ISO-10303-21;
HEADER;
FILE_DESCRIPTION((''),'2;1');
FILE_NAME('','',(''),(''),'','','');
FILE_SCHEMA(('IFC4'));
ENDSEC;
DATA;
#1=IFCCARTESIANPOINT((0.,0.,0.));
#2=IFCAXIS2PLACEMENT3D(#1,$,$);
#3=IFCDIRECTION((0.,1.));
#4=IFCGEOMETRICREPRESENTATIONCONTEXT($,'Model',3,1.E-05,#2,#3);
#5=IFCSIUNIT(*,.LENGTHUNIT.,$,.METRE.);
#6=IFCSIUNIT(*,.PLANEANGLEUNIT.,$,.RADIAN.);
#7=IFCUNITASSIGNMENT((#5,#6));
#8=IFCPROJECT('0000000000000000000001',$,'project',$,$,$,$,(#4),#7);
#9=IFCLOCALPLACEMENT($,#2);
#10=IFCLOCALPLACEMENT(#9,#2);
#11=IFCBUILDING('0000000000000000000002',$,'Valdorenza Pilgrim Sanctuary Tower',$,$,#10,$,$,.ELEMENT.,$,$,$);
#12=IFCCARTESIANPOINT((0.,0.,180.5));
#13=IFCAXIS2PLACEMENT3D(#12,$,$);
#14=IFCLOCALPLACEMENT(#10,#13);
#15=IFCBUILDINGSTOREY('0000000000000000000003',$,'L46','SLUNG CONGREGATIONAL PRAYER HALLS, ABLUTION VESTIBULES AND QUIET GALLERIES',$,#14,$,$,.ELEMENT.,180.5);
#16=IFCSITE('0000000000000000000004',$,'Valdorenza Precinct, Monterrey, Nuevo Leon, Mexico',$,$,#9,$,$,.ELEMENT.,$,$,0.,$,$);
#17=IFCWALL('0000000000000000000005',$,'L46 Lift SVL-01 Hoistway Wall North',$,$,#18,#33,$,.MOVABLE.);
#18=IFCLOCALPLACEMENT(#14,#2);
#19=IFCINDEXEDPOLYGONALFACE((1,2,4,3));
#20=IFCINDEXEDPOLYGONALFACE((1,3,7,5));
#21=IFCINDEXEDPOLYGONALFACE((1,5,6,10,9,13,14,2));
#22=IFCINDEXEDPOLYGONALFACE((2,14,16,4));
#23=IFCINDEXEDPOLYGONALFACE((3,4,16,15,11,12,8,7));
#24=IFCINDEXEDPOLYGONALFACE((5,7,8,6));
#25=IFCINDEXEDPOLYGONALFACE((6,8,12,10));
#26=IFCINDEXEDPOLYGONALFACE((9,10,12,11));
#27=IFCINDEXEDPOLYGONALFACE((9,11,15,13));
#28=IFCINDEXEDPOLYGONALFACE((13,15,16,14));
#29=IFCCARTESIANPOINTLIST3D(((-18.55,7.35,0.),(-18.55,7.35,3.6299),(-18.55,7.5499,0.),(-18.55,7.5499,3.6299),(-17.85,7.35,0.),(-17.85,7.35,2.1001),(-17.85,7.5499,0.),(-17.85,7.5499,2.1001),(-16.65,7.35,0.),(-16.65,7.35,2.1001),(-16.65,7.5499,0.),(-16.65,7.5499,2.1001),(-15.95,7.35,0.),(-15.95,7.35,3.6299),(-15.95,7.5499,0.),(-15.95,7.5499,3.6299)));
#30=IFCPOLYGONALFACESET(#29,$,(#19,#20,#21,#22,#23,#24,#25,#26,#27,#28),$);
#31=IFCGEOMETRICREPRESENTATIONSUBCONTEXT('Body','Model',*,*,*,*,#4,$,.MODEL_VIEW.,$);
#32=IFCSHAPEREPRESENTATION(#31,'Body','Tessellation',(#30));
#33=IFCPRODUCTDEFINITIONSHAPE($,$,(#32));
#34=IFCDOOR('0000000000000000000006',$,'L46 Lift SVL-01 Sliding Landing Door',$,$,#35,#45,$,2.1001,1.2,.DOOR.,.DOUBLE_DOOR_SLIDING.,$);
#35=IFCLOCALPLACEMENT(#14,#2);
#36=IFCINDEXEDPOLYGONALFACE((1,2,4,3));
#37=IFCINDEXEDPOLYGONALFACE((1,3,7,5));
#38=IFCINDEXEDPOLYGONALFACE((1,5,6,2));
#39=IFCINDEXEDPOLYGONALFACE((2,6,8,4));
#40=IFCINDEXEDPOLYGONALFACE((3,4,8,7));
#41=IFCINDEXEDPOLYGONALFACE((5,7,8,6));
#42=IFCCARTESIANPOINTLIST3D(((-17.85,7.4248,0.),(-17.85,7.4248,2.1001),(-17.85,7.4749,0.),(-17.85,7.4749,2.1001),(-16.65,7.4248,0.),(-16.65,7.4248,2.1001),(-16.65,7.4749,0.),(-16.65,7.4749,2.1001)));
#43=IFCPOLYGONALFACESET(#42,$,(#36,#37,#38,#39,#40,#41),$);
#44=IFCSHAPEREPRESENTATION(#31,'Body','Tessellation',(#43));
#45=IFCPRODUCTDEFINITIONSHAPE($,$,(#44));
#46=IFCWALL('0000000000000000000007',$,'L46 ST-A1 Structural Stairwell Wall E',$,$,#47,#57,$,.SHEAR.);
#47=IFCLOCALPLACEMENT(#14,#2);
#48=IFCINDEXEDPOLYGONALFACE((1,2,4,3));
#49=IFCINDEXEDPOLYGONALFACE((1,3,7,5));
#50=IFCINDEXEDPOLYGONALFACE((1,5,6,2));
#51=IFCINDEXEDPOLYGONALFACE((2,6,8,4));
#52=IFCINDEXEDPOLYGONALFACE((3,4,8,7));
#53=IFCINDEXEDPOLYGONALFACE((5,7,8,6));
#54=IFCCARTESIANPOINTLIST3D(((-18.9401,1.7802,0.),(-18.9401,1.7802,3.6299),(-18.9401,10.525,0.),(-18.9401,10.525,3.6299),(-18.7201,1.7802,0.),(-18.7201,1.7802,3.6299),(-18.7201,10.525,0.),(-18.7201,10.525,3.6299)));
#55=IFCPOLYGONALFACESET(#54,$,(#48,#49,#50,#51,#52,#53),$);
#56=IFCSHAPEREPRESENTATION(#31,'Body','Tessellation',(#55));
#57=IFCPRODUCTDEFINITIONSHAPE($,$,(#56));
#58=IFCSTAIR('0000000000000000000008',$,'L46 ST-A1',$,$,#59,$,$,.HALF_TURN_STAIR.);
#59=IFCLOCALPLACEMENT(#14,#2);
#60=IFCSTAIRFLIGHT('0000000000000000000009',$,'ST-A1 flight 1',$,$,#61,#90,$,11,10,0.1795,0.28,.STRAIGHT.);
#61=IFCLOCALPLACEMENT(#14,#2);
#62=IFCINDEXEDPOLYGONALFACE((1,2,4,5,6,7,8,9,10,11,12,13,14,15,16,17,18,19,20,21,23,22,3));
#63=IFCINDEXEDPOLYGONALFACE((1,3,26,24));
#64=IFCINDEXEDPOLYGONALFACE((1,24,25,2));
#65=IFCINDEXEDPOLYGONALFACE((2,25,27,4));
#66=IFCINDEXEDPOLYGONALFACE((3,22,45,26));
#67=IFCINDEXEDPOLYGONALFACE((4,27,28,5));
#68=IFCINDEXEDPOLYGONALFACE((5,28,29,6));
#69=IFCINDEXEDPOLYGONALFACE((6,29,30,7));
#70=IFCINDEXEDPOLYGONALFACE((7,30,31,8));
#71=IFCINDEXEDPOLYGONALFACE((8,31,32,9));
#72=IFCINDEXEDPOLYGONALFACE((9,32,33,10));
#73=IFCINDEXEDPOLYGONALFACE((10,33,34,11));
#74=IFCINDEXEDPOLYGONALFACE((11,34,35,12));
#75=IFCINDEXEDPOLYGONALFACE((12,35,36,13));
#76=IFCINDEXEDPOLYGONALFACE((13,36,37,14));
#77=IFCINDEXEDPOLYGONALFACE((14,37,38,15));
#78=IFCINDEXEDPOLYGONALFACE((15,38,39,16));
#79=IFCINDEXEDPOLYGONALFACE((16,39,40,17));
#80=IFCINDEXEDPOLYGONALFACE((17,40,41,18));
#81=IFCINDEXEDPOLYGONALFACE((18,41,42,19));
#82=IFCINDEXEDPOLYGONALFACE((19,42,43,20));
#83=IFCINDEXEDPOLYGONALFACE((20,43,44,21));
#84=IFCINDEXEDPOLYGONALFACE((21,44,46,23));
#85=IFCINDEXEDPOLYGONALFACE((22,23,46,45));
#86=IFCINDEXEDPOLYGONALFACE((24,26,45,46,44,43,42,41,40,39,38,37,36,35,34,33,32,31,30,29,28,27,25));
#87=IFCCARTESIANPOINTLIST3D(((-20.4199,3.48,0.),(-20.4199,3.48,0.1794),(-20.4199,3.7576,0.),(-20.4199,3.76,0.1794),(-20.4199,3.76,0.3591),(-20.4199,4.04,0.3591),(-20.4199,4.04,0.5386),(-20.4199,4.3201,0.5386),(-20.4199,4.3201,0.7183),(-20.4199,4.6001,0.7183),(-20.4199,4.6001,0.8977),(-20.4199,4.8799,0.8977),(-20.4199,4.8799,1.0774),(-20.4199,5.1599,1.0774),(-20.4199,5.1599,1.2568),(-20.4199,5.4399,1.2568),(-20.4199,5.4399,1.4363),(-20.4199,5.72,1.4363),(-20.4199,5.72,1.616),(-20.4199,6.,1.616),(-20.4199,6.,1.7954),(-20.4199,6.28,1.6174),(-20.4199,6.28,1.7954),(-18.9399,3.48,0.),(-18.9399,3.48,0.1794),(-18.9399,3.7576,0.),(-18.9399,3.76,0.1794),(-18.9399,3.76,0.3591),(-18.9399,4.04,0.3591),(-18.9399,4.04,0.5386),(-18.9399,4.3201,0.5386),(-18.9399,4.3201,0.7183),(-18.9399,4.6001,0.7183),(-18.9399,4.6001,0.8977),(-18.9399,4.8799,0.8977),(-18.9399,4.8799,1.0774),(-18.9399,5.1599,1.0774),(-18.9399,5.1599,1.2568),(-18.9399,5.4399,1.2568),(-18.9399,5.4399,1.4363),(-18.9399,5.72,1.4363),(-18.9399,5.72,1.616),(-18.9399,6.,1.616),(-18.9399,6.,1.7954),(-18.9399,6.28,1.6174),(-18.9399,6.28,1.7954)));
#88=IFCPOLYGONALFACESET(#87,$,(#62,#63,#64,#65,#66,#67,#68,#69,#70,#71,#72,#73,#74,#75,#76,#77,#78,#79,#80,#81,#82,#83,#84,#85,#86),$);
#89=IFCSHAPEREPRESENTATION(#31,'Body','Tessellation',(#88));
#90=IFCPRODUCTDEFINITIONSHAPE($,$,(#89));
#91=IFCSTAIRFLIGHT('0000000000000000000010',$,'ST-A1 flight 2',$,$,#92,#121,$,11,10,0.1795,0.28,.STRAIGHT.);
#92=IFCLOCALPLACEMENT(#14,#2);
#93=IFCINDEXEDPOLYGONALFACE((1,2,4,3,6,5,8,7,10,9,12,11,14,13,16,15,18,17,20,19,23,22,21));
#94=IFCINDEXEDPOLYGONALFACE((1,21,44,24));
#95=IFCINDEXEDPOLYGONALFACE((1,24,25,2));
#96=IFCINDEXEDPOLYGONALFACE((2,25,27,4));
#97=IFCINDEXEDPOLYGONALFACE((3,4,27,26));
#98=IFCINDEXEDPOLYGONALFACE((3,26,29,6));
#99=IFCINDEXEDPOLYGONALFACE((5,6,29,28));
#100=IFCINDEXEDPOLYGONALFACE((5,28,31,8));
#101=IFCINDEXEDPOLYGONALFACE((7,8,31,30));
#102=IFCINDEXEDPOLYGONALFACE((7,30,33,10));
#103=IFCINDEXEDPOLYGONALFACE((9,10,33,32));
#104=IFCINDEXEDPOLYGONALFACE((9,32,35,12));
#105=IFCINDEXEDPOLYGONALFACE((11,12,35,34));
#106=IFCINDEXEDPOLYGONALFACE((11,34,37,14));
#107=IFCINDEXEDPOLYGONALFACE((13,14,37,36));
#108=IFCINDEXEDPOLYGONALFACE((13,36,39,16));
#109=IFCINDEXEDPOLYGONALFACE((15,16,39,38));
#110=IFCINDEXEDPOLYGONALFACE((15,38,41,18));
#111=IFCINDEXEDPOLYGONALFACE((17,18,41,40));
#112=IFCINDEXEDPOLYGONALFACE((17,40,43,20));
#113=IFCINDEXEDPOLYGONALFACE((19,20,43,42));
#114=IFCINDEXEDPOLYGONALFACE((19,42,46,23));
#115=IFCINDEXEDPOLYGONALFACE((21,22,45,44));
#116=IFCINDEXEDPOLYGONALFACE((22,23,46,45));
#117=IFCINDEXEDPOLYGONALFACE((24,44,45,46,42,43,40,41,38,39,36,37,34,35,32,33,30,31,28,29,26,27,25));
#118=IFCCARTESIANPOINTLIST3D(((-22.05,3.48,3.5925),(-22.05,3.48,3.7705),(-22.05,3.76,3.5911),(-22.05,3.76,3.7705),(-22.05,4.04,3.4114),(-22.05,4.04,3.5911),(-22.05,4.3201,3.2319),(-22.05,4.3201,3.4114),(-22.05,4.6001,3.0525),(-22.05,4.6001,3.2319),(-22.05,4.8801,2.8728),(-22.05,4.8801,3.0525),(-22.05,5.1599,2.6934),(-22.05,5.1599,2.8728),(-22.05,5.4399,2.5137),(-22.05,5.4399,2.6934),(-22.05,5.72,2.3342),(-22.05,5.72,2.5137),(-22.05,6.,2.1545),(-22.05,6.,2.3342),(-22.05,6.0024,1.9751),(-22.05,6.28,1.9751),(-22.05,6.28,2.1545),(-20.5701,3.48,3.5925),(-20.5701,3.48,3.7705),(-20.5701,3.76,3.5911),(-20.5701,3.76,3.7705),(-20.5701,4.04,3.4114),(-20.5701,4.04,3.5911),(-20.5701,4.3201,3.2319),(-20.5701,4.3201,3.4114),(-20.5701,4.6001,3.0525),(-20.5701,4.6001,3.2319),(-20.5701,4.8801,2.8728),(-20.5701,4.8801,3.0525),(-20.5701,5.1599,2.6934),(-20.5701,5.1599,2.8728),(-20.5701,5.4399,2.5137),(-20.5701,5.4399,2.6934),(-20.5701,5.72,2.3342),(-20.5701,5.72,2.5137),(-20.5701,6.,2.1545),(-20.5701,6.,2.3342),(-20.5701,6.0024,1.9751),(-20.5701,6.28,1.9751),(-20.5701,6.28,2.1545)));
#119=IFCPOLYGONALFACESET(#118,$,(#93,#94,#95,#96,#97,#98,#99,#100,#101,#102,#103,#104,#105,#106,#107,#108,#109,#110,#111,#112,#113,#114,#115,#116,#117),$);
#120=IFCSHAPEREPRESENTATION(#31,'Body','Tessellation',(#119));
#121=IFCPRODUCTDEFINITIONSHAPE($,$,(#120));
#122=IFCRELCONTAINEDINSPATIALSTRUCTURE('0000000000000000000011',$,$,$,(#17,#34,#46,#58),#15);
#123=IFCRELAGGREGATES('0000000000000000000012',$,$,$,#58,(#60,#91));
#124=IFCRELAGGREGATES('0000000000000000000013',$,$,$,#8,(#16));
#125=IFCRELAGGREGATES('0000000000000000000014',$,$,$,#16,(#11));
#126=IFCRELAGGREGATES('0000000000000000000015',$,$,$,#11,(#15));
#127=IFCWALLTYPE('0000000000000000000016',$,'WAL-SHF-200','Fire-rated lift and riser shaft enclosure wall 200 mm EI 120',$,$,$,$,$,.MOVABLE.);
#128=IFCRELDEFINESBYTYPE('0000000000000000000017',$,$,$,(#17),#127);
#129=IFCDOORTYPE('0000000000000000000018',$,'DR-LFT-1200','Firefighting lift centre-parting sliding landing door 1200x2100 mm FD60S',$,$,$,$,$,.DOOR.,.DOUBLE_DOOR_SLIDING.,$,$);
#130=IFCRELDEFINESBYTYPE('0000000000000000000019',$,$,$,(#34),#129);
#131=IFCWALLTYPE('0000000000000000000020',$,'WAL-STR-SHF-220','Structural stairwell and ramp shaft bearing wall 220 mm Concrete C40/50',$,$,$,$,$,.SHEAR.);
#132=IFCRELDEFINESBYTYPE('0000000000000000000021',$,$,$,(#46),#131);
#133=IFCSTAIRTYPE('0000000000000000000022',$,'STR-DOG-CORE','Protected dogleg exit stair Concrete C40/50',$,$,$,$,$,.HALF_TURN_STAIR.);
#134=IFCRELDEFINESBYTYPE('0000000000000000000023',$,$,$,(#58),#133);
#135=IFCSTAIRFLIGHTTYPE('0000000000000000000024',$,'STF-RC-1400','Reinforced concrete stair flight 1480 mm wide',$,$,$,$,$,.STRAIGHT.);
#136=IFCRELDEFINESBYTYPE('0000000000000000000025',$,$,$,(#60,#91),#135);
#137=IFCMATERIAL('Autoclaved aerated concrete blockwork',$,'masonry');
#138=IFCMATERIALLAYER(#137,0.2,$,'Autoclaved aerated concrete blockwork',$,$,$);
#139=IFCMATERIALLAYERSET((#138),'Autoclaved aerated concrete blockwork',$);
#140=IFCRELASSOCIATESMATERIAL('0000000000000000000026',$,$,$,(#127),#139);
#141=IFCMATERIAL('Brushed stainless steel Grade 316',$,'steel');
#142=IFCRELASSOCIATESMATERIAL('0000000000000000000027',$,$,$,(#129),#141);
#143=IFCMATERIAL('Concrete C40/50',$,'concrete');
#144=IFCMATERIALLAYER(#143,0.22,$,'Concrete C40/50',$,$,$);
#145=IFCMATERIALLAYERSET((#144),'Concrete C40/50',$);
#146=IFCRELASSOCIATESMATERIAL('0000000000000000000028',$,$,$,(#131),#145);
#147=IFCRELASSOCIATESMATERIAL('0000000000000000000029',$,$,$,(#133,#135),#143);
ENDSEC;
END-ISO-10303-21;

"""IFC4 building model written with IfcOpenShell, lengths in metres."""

from ifc_helpers import new_model, si_unit, direction, frame, frame_2d, origin, place, context, subcontext, project, spatial, polyline, rectangle, outline, extrude, material, layer, layer_set, type_object, element, fill, aggregate, save


model = new_model("IFC4")

# Units and contexts
model_context = context("Model", 3, precision=1e-05, world=origin(), true_north=direction((0.0, 1.0)))
body_context = subcontext(model_context, "Body", "Model", "MODEL_VIEW")
ifc_project = project(units=[si_unit("LENGTHUNIT", "METRE"), si_unit("PLANEANGLEUNIT", "RADIAN")], contexts=[model_context])

# Site, building, storey
site_placement = place(None, origin())
site = spatial("IfcSite", under=ifc_project, at=site_placement, Name="Valdorenza Precinct, Monterrey, Nuevo Leon, Mexico", CompositionType="ELEMENT", RefElevation=0.0)
building_placement = place(site_placement, origin())
building = spatial("IfcBuilding", under=site, at=building_placement, Name="Valdorenza Pilgrim Sanctuary Tower", CompositionType="ELEMENT")
storey_placement = place(building_placement, frame((0.0, 0.0, 180.5)))
storey = spatial("IfcBuildingStorey", under=building, at=storey_placement, Name="L46", Description="SLUNG CONGREGATIONAL PRAYER HALLS, ABLUTION VESTIBULES AND QUIET GALLERIES", CompositionType="ELEMENT", Elevation=180.5)

# Shared definitions
ifc_material_1 = material(Name="Autoclaved aerated concrete blockwork", Category="masonry")
ifc_layer_1 = layer(ifc_material_1, 0.2, Name="Autoclaved aerated concrete blockwork")
ifc_layer_set_1 = layer_set([ifc_layer_1], Name="Autoclaved aerated concrete blockwork")
wall_type_1 = type_object("IfcWallType", Name="WAL-SHF-200", Description="Fire-rated lift and riser shaft enclosure wall 200 mm EI 120", PredefinedType="MOVABLE", material=ifc_layer_set_1)

# Shared definitions
ifc_material_2 = material(Name="Brushed stainless steel Grade 316", Category="steel")
door_type_1 = type_object("IfcDoorType", Name="DR-LFT-1200", Description="Firefighting lift centre-parting sliding landing door 1200x2100 mm FD60S", OperationType="DOUBLE_DOOR_SLIDING", PredefinedType="DOOR", material=ifc_material_2)

# Wall, opening, door
wall_1_placement = place(storey_placement, frame((-18.55, 7.45, 0.0), z_axis=(0.0, 0.0, 1.0), x_axis=(1.0, 0.0, 0.0)))
wall_1 = element("IfcWall", 1, at=wall_1_placement, inside=storey, type_object=wall_type_1, Name="L46 Lift SVL-01 Hoistway Wall North", PredefinedType="MOVABLE", context=body_context, shape_type="SweptSolid", body=[
    extrude(rectangle(XDim=2.6001, YDim=0.2, at=frame_2d((1.3, 0.0))), origin(), (0.0, 0.0, 1.0), 3.6299),
])
opening_1_placement = place(wall_1_placement, frame((0.7, 0.0, 0.0)))
opening_1 = element("IfcOpeningElement", 2, at=opening_1_placement, cuts=wall_1, PredefinedType="OPENING", context=body_context, shape_type="SweptSolid", body=[
    extrude(rectangle(XDim=1.2, YDim=2.1001, at=frame_2d((0.6001, 1.05))), frame((0.0, 0.1147, 0.0), z_axis=(0.0, -1.0, 0.0), x_axis=(1.0, 0.0, 0.0)), (0.0, 0.0, 1.0), 0.2297),
])
door_1_placement = place(opening_1_placement, origin())
door_1 = element("IfcDoor", 3, at=door_1_placement, inside=storey, type_object=door_type_1, Name="L46 Lift SVL-01 Sliding Landing Door", OperationType="DOUBLE_DOOR_SLIDING", OverallHeight=2.1001, OverallWidth=1.2, PredefinedType="DOOR", context=body_context, shape_type="SweptSolid", body=[
    extrude(rectangle(XDim=1.2, YDim=2.1001, at=frame_2d((0.6001, 1.05))), frame((0.0, 0.0249, 0.0), z_axis=(0.0, -1.0, 0.0), x_axis=(1.0, 0.0, 0.0)), (0.0, 0.0, 1.0), 0.05),
])
fill(opening_1, door_1)

# Wall
ifc_material_3 = material(Name="Concrete C40/50", Category="concrete")
ifc_layer_2 = layer(ifc_material_3, 0.22, Name="Concrete C40/50")
ifc_layer_set_2 = layer_set([ifc_layer_2], Name="Concrete C40/50")
wall_type_2 = type_object("IfcWallType", Name="WAL-STR-SHF-220", Description="Structural stairwell and ramp shaft bearing wall 220 mm Concrete C40/50", PredefinedType="SHEAR", material=ifc_layer_set_2)
wall_2_placement = place(storey_placement, frame((-18.8301, 1.78, 0.0), z_axis=(0.0, 0.0, 1.0), x_axis=(0.0, 1.0, 0.0)))
element("IfcWall", 4, at=wall_2_placement, inside=storey, type_object=wall_type_2, Name="L46 ST-A1 Structural Stairwell Wall E", PredefinedType="SHEAR", context=body_context, shape_type="SweptSolid", body=[
    extrude(rectangle(XDim=8.7449, YDim=0.22, at=frame_2d((4.3726, 0.0))), origin(), (0.0, 0.0, 1.0), 3.6299),
])

# Stair, stair flights
stair_type = type_object("IfcStairType", Name="STR-DOG-CORE", Description="Protected dogleg exit stair Concrete C40/50", PredefinedType="HALF_TURN_STAIR", material=ifc_material_3)
stair_placement = place(storey_placement, origin())
stair = element("IfcStair", 5, at=stair_placement, inside=storey, type_object=stair_type, Name="L46 ST-A1", PredefinedType="HALF_TURN_STAIR")
stair_flight_type = type_object("IfcStairFlightType", Name="STF-RC-1400", Description="Reinforced concrete stair flight 1480 mm wide", PredefinedType="STRAIGHT", material=ifc_material_3)
stair_flight_1_placement = place(storey_placement, frame((-19.6799, 3.48, 0.0), z_axis=(0.0, 0.0, 1.0), x_axis=(0.0, 1.0, 0.0)))
stair_flight_1 = element("IfcStairFlight", 6, at=stair_flight_1_placement, type_object=stair_flight_type, Name="ST-A1 flight 1", NumberOfRisers=11, NumberOfTreads=10, PredefinedType="STRAIGHT", RiserHeight=0.1795, TreadLength=0.28, context=body_context, shape_type="SweptSolid", body=[
    extrude(outline(polyline([(0.0, 0.0), (0.0, 0.1794), (0.28, 0.1794), (0.28, 0.3591), (0.5601, 0.3591), (0.5601, 0.5386), (0.8401, 0.5386), (0.8401, 0.7183), (1.1201, 0.7183), (1.1201, 0.8977), (1.3999, 0.8977), (1.3999, 1.0774), (1.6799, 1.0774), (1.6799, 1.2568), (1.96, 1.2568), (1.96, 1.4363), (2.24, 1.4363), (2.24, 1.616), (2.52, 1.616), (2.52, 1.7954), (2.8, 1.7954), (2.8, 1.9751), (2.8, 1.6174), (0.2776, 0.0), (0.0, 0.0)])), frame((0.0, 0.74, 0.0), z_axis=(0.0, -1.0, 0.0), x_axis=(1.0, 0.0, 0.0)), (0.0, 0.0, 1.0), 1.48),
])
stair_flight_2_placement = place(storey_placement, frame((-21.3101, 6.28, 1.9751), z_axis=(0.0, 0.0, 1.0), x_axis=(0.0, -1.0, 0.0)))
stair_flight_2 = element("IfcStairFlight", 7, at=stair_flight_2_placement, type_object=stair_flight_type, Name="ST-A1 flight 2", NumberOfRisers=11, NumberOfTreads=10, PredefinedType="STRAIGHT", RiserHeight=0.1795, TreadLength=0.28, context=body_context, shape_type="SweptSolid", body=[
    extrude(outline(polyline([(0.0, 0.0), (0.0, 0.1794), (0.28, 0.1794), (0.28, 0.3591), (0.5601, 0.3591), (0.5601, 0.5386), (0.8401, 0.5386), (0.8401, 0.7183), (1.1201, 0.7183), (1.1201, 0.8977), (1.3999, 0.8977), (1.3999, 1.0774), (1.6799, 1.0774), (1.6799, 1.2568), (1.96, 1.2568), (1.96, 1.4363), (2.24, 1.4363), (2.24, 1.616), (2.52, 1.616), (2.52, 1.7954), (2.8, 1.7954), (2.8, 1.9751), (2.8, 1.6174), (0.2776, 0.0), (0.0, 0.0)])), frame((0.0, 0.74, 0.0), z_axis=(0.0, -1.0, 0.0), x_axis=(1.0, 0.0, 0.0)), (0.0, 0.0, 1.0), 1.48),
])
aggregate(stair, [stair_flight_1, stair_flight_2])

save(model, "model.ifc")
